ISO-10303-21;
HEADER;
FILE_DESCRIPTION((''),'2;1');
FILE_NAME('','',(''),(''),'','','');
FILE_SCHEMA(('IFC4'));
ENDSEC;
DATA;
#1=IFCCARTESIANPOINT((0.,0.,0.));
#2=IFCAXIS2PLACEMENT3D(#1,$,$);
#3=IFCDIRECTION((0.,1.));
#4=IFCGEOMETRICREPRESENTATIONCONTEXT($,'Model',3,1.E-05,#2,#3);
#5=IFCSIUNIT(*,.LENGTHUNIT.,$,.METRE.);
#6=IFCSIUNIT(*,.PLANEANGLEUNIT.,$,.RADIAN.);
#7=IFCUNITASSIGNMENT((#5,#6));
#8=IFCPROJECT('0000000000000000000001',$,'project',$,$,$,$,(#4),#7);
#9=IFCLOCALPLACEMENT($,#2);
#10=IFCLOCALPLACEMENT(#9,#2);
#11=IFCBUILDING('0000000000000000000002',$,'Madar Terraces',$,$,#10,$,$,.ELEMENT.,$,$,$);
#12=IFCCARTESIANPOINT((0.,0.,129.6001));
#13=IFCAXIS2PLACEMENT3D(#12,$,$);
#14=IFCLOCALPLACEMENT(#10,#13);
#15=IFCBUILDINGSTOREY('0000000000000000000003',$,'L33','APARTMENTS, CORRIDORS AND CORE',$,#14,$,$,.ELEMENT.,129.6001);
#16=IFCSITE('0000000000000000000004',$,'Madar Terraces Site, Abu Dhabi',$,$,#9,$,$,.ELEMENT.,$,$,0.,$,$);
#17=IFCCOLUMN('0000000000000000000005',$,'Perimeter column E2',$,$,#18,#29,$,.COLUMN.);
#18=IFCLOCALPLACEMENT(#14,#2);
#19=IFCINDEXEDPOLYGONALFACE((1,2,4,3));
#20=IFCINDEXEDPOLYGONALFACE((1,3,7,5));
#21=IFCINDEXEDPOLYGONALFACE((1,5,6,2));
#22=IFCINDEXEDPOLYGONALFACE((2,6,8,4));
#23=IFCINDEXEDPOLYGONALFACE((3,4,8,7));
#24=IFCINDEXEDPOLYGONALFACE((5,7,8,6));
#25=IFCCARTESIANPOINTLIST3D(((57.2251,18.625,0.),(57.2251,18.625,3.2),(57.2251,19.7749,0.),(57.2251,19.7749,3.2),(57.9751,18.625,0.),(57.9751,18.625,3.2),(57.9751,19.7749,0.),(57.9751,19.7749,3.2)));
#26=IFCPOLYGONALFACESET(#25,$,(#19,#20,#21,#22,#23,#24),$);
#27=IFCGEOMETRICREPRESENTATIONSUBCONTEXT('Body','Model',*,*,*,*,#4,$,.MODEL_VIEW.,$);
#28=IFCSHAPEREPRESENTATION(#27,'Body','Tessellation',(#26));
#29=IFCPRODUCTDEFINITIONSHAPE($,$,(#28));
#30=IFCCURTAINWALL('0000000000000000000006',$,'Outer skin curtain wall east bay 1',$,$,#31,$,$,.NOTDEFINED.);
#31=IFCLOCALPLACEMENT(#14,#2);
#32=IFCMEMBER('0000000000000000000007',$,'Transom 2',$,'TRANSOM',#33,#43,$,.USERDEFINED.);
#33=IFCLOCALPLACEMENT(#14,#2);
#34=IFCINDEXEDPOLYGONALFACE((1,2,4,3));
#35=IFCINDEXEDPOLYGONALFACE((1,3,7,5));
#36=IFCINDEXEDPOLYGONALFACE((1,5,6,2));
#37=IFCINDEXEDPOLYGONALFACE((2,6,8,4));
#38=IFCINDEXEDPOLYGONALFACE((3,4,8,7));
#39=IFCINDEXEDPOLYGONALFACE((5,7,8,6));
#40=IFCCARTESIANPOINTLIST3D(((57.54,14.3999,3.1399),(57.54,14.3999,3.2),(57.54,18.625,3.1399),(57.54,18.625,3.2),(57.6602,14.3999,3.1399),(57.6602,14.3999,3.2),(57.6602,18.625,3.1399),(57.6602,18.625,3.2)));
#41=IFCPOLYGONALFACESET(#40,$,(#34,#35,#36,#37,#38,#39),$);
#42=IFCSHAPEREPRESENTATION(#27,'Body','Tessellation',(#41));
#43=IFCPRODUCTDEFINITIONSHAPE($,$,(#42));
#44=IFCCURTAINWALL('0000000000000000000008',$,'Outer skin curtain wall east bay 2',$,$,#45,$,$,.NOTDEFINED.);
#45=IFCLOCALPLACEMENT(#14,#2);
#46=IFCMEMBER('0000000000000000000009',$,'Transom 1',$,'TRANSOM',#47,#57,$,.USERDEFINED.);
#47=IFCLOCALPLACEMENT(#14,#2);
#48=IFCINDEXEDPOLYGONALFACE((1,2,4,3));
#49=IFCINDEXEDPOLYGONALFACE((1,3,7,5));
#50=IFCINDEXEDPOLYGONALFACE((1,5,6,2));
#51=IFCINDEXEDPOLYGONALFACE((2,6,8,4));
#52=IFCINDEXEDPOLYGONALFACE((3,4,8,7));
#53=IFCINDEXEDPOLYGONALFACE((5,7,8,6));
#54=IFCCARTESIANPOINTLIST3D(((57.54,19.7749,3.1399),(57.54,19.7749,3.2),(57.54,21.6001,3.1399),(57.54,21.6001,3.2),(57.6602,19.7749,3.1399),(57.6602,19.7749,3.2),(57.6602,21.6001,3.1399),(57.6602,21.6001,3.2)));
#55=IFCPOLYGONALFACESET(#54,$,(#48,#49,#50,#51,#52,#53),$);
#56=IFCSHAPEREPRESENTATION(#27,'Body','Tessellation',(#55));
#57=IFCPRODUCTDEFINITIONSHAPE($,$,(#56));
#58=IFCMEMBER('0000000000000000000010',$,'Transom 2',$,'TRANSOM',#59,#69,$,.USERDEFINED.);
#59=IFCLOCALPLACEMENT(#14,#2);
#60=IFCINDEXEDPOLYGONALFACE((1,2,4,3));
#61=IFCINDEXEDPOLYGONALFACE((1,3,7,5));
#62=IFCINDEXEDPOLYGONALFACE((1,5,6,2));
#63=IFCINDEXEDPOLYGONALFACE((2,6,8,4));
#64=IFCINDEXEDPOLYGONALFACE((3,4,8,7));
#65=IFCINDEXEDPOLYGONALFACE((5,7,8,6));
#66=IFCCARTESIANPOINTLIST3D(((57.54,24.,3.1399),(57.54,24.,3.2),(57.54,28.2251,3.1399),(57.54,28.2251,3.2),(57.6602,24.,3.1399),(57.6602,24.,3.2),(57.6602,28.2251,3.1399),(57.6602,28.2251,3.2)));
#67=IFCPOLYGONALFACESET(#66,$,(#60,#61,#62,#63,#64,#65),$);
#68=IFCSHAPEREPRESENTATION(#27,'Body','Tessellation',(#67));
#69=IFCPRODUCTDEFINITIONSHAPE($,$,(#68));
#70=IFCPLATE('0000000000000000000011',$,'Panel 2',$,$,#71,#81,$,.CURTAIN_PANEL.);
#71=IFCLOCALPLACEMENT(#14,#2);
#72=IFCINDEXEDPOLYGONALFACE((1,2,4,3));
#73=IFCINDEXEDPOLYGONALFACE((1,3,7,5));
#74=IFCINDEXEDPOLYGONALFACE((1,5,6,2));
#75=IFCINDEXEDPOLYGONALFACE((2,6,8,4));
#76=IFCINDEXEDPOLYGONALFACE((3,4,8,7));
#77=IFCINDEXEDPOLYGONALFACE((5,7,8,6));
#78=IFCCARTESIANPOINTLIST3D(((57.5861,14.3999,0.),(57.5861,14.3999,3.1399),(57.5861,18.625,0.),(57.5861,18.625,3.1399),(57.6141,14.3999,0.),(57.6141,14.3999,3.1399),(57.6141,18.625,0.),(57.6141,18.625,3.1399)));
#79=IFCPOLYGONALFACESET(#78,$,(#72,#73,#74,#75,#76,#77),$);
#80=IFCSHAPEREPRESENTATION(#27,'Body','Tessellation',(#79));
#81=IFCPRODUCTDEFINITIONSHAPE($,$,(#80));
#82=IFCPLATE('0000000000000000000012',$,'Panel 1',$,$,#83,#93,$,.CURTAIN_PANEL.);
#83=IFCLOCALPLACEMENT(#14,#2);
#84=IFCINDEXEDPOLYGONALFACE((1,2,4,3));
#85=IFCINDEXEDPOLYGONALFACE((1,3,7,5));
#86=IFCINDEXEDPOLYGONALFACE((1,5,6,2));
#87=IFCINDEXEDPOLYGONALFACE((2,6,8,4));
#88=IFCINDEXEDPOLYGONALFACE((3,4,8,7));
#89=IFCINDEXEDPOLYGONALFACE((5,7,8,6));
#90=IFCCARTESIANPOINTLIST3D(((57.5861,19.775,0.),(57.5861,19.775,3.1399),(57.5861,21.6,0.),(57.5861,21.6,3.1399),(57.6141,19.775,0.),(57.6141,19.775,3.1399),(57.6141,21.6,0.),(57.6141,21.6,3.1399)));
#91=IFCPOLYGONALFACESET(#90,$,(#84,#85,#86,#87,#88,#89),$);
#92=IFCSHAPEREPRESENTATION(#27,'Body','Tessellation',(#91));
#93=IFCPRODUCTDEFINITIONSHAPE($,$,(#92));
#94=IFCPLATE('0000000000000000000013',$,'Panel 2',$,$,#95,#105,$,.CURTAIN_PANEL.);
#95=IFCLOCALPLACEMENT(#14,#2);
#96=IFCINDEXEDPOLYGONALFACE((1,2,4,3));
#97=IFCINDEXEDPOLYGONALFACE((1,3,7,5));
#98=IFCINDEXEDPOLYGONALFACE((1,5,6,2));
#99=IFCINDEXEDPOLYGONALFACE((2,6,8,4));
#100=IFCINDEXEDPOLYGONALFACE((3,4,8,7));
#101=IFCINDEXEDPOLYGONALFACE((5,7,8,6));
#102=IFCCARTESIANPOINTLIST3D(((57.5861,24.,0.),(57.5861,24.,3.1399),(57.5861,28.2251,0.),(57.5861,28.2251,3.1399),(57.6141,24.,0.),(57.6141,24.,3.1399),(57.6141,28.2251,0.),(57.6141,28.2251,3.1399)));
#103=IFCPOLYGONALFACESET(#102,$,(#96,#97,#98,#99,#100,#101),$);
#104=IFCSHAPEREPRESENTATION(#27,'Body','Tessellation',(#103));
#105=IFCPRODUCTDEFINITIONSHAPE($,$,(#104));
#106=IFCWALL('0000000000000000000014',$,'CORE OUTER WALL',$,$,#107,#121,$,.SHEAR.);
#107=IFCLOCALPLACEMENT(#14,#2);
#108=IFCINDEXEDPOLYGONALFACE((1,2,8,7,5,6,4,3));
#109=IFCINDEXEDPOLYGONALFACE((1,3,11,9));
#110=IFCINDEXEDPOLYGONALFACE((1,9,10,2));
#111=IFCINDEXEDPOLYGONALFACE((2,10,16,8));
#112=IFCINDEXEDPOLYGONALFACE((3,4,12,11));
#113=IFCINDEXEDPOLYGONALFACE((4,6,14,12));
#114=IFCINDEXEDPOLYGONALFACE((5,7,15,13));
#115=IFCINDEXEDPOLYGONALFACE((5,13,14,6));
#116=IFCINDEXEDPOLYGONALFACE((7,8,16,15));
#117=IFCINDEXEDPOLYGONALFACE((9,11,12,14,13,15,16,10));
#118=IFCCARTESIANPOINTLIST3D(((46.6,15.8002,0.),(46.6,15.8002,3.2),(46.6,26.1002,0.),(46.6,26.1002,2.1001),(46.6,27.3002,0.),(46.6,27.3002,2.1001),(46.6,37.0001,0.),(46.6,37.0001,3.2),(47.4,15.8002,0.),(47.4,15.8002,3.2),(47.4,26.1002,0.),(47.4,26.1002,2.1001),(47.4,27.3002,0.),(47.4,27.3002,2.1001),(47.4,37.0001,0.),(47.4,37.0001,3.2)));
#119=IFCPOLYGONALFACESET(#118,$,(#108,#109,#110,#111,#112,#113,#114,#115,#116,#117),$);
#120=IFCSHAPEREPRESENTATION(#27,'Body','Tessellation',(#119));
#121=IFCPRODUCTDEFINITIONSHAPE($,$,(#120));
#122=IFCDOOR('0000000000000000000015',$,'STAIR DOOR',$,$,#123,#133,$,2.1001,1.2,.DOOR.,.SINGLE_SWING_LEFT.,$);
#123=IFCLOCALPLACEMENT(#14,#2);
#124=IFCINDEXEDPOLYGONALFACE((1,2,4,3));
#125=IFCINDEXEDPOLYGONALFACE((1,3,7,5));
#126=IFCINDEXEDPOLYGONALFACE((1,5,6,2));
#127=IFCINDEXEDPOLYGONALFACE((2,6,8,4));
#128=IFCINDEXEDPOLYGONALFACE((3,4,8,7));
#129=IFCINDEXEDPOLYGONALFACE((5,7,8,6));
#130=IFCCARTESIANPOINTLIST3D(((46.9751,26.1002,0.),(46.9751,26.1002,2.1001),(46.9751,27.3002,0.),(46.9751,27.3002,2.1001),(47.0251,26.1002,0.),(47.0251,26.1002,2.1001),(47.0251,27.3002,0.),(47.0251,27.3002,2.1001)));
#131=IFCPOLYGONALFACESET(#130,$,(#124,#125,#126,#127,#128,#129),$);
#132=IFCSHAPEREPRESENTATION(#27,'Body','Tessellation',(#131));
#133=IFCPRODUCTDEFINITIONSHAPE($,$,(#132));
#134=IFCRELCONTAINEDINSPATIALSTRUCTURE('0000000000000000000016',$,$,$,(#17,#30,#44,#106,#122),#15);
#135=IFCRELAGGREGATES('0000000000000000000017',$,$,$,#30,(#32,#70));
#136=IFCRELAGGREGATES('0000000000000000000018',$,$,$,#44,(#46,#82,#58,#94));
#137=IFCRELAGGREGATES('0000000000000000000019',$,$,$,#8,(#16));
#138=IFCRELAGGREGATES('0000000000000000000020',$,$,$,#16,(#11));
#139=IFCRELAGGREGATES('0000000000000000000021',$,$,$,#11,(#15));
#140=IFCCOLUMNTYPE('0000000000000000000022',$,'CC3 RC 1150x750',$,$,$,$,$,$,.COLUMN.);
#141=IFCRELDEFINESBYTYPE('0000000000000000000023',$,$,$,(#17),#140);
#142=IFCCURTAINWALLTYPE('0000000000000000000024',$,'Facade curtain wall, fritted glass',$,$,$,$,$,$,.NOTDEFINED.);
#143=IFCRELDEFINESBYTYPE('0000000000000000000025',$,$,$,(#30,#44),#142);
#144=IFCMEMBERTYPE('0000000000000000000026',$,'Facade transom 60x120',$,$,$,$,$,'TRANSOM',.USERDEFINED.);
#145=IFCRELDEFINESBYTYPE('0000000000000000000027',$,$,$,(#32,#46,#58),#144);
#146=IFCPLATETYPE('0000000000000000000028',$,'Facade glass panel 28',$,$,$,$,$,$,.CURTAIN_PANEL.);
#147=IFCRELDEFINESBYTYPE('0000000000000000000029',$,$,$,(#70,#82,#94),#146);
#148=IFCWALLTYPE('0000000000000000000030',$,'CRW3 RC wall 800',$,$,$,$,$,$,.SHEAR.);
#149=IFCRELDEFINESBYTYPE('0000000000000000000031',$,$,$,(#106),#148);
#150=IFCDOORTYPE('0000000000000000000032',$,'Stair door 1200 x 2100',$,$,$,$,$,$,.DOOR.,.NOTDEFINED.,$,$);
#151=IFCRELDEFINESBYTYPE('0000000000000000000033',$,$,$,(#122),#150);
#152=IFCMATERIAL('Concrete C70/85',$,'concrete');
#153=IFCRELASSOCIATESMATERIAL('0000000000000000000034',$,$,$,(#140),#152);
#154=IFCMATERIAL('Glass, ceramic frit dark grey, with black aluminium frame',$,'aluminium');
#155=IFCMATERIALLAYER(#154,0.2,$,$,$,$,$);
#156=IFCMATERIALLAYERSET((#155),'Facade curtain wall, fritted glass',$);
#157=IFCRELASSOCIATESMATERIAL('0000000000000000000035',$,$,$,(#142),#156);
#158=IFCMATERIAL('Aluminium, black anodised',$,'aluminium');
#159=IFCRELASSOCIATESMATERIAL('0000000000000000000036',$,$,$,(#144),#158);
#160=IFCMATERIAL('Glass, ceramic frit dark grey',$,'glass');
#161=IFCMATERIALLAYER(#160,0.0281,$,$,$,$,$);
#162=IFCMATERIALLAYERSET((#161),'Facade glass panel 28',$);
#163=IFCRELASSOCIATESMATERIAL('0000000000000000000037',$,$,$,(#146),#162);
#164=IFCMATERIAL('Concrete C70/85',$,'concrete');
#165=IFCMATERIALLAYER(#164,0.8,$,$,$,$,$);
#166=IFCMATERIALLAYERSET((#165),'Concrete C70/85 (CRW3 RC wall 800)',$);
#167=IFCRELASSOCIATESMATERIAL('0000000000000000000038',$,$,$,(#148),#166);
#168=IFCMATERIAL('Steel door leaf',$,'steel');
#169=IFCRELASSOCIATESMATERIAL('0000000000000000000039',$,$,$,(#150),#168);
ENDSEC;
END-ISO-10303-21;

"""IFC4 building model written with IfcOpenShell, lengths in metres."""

from ifc_helpers import new_model, si_unit, direction, frame, frame_2d, origin, origin_2d, place, context, subcontext, project, spatial, rectangle, extrude, material, layer, layer_set, material_profile, profile_set, type_object, element, fill, aggregate, save


model = new_model("IFC4")

# Units and contexts
model_context = context("Model", 3, precision=1e-05, world=origin(), true_north=direction((0.0, 1.0)))
body_context = subcontext(model_context, "Body", "Model", "MODEL_VIEW")
ifc_project = project(units=[si_unit("LENGTHUNIT", "METRE"), si_unit("PLANEANGLEUNIT", "RADIAN")], contexts=[model_context])

# Site, building, storey
site_placement = place(None, origin())
site = spatial("IfcSite", under=ifc_project, at=site_placement, Name="Madar Terraces Site, Abu Dhabi", CompositionType="ELEMENT", RefElevation=0.0)
building_placement = place(site_placement, origin())
building = spatial("IfcBuilding", under=site, at=building_placement, Name="Madar Terraces", CompositionType="ELEMENT")
storey_placement = place(building_placement, frame((0.0, 0.0, 129.6001)))
storey = spatial("IfcBuildingStorey", under=building, at=storey_placement, Name="L33", Description="APARTMENTS, CORRIDORS AND CORE", CompositionType="ELEMENT", Elevation=129.6001)

# Column
ifc_material_1 = material(Name="Concrete C70/85", Category="concrete")
ifc_material_profile_1 = material_profile(ifc_material_1, rectangle(XDim=1.1499, YDim=0.75, at=origin_2d()), Name="CC3 RC 1150x750")
ifc_profile_set_1 = profile_set([ifc_material_profile_1], Name="Concrete C70/85")
column_type = type_object("IfcColumnType", Name="CC3 RC 1150x750", PredefinedType="COLUMN", material=ifc_profile_set_1)
column_placement = place(storey_placement, frame((57.6001, 19.2, 0.0), z_axis=(0.0, 0.0, 1.0), x_axis=(0.0, 1.0, 0.0)))
element("IfcColumn", 1, at=column_placement, inside=storey, type_object=column_type, Name="Perimeter column E2", PredefinedType="COLUMN", context=body_context, shape_type="SweptSolid", body=[
    extrude(rectangle(XDim=1.1499, YDim=0.75, at=origin_2d()), origin(), (0.0, 0.0, 1.0), 3.2),
])

# Curtain wall, member
ifc_material_2 = material(Name="Glass, ceramic frit dark grey, with black aluminium frame", Category="aluminium")
ifc_layer_1 = layer(ifc_material_2, 0.2)
ifc_layer_set_1 = layer_set([ifc_layer_1], Name="Facade curtain wall, fritted glass")
curtain_wall_type = type_object("IfcCurtainWallType", Name="Facade curtain wall, fritted glass", PredefinedType="NOTDEFINED", material=ifc_layer_set_1)
curtain_wall_1_placement = place(storey_placement, origin())
curtain_wall_1 = element("IfcCurtainWall", 2, at=curtain_wall_1_placement, inside=storey, type_object=curtain_wall_type, Name="Outer skin curtain wall east bay 1", PredefinedType="NOTDEFINED")
ifc_material_3 = material(Name="Aluminium, black anodised", Category="aluminium")
ifc_material_profile_2 = material_profile(ifc_material_3, rectangle(XDim=0.1201, YDim=0.0601, at=origin_2d()), Name="Facade transom 60x120")
ifc_profile_set_2 = profile_set([ifc_material_profile_2], Name="Aluminium, black anodised")
member_type = type_object("IfcMemberType", Name="Facade transom 60x120", ElementType="TRANSOM", PredefinedType="USERDEFINED", material=ifc_profile_set_2)
member_1_placement = place(storey_placement, frame((57.6001, 14.3999, 3.1699), z_axis=(0.0, 1.0, 0.0), x_axis=(-1.0, 0.0, 0.0)))
member_1 = element("IfcMember", 3, at=member_1_placement, type_object=member_type, Name="Transom 2", ObjectType="TRANSOM", PredefinedType="USERDEFINED", context=body_context, shape_type="SweptSolid", body=[
    extrude(rectangle(XDim=0.1201, YDim=0.0601, at=origin_2d()), origin(), (0.0, 0.0, 1.0), 4.2251),
])

# Curtain wall, members
curtain_wall_2_placement = place(storey_placement, origin())
curtain_wall_2 = element("IfcCurtainWall", 4, at=curtain_wall_2_placement, inside=storey, type_object=curtain_wall_type, Name="Outer skin curtain wall east bay 2", PredefinedType="NOTDEFINED")
member_2_placement = place(storey_placement, frame((57.6001, 19.7749, 3.1699), z_axis=(0.0, 1.0, 0.0), x_axis=(-1.0, 0.0, 0.0)))
member_2 = element("IfcMember", 5, at=member_2_placement, type_object=member_type, Name="Transom 1", ObjectType="TRANSOM", PredefinedType="USERDEFINED", context=body_context, shape_type="SweptSolid", body=[
    extrude(rectangle(XDim=0.1201, YDim=0.0601, at=origin_2d()), origin(), (0.0, 0.0, 1.0), 1.8252),
])
member_3_placement = place(storey_placement, frame((57.6001, 24.0, 3.1699), z_axis=(0.0, 1.0, 0.0), x_axis=(-1.0, 0.0, 0.0)))
member_3 = element("IfcMember", 6, at=member_3_placement, type_object=member_type, Name="Transom 2", ObjectType="TRANSOM", PredefinedType="USERDEFINED", context=body_context, shape_type="SweptSolid", body=[
    extrude(rectangle(XDim=0.1201, YDim=0.0601, at=origin_2d()), origin(), (0.0, 0.0, 1.0), 4.2251),
])

# Plates
ifc_material_4 = material(Name="Glass, ceramic frit dark grey", Category="glass")
ifc_layer_2 = layer(ifc_material_4, 0.0281)
ifc_layer_set_2 = layer_set([ifc_layer_2], Name="Facade glass panel 28")
plate_type = type_object("IfcPlateType", Name="Facade glass panel 28", PredefinedType="CURTAIN_PANEL", material=ifc_layer_set_2)
plate_1_placement = place(storey_placement, frame((57.6001, 16.5125, 0.0), z_axis=(0.0, 0.0, 1.0), x_axis=(0.0, 1.0, 0.0)))
plate_1 = element("IfcPlate", 7, at=plate_1_placement, type_object=plate_type, Name="Panel 2", PredefinedType="CURTAIN_PANEL", context=body_context, shape_type="SweptSolid", body=[
    extrude(rectangle(XDim=4.2251, YDim=0.0281, at=origin_2d()), origin(), (0.0, 0.0, 1.0), 3.1399),
])
aggregate(curtain_wall_1, [member_1, plate_1])
plate_2_placement = place(storey_placement, frame((57.6001, 20.6875, 0.0), z_axis=(0.0, 0.0, 1.0), x_axis=(0.0, 1.0, 0.0)))
plate_2 = element("IfcPlate", 8, at=plate_2_placement, type_object=plate_type, Name="Panel 1", PredefinedType="CURTAIN_PANEL", context=body_context, shape_type="SweptSolid", body=[
    extrude(rectangle(XDim=1.825, YDim=0.0281, at=origin_2d()), origin(), (0.0, 0.0, 1.0), 3.1399),
])
plate_3_placement = place(storey_placement, frame((57.6001, 26.1125, 0.0), z_axis=(0.0, 0.0, 1.0), x_axis=(0.0, 1.0, 0.0)))
plate_3 = element("IfcPlate", 9, at=plate_3_placement, type_object=plate_type, Name="Panel 2", PredefinedType="CURTAIN_PANEL", context=body_context, shape_type="SweptSolid", body=[
    extrude(rectangle(XDim=4.2251, YDim=0.0281, at=origin_2d()), origin(), (0.0, 0.0, 1.0), 3.1399),
])
aggregate(curtain_wall_2, [member_2, plate_2, member_3, plate_3])

# Wall, opening, door
ifc_material_5 = material(Name="Concrete C70/85", Category="concrete")
ifc_layer_3 = layer(ifc_material_5, 0.8)
ifc_layer_set_3 = layer_set([ifc_layer_3], Name="Concrete C70/85 (CRW3 RC wall 800)")
wall_type_1 = type_object("IfcWallType", Name="CRW3 RC wall 800", PredefinedType="SHEAR", material=ifc_layer_set_3)
wall_1_placement = place(storey_placement, frame((47.0, 15.8, 0.0), z_axis=(0.0, 0.0, 1.0), x_axis=(0.0, 1.0, 0.0)))
wall_1 = element("IfcWall", 10, at=wall_1_placement, inside=storey, type_object=wall_type_1, Name="CORE OUTER WALL", PredefinedType="SHEAR", context=body_context, shape_type="SweptSolid", body=[
    extrude(rectangle(XDim=21.2, YDim=0.8, at=frame_2d((10.6001, 0.0))), origin(), (0.0, 0.0, 1.0), 3.2),
])
opening_1_placement = place(wall_1_placement, frame((10.3, 0.0, 0.0)))
opening_1 = element("IfcOpeningElement", 11, at=opening_1_placement, cuts=wall_1, PredefinedType="OPENING", context=body_context, shape_type="SweptSolid", body=[
    extrude(rectangle(XDim=1.2, YDim=2.1001, at=frame_2d((0.6001, 1.05))), frame((0.0, 0.4099, 0.0), z_axis=(0.0, -1.0, 0.0), x_axis=(1.0, 0.0, 0.0)), (0.0, 0.0, 1.0), 0.8201),
])
ifc_material_6 = material(Name="Steel door leaf", Category="steel")
door_type_1 = type_object("IfcDoorType", Name="Stair door 1200 x 2100", OperationType="NOTDEFINED", PredefinedType="DOOR", material=ifc_material_6)
door_1_placement = place(opening_1_placement, origin())
door_1 = element("IfcDoor", 12, at=door_1_placement, inside=storey, type_object=door_type_1, Name="STAIR DOOR", OperationType="SINGLE_SWING_LEFT", OverallHeight=2.1001, OverallWidth=1.2, PredefinedType="DOOR", context=body_context, shape_type="SweptSolid", body=[
    extrude(rectangle(XDim=1.2, YDim=2.1001, at=frame_2d((0.6001, 1.05))), frame((0.0, 0.0249, 0.0), z_axis=(0.0, -1.0, 0.0), x_axis=(1.0, 0.0, 0.0)), (0.0, 0.0, 1.0), 0.05),
])
fill(opening_1, door_1)

save(model, "model.ifc")
